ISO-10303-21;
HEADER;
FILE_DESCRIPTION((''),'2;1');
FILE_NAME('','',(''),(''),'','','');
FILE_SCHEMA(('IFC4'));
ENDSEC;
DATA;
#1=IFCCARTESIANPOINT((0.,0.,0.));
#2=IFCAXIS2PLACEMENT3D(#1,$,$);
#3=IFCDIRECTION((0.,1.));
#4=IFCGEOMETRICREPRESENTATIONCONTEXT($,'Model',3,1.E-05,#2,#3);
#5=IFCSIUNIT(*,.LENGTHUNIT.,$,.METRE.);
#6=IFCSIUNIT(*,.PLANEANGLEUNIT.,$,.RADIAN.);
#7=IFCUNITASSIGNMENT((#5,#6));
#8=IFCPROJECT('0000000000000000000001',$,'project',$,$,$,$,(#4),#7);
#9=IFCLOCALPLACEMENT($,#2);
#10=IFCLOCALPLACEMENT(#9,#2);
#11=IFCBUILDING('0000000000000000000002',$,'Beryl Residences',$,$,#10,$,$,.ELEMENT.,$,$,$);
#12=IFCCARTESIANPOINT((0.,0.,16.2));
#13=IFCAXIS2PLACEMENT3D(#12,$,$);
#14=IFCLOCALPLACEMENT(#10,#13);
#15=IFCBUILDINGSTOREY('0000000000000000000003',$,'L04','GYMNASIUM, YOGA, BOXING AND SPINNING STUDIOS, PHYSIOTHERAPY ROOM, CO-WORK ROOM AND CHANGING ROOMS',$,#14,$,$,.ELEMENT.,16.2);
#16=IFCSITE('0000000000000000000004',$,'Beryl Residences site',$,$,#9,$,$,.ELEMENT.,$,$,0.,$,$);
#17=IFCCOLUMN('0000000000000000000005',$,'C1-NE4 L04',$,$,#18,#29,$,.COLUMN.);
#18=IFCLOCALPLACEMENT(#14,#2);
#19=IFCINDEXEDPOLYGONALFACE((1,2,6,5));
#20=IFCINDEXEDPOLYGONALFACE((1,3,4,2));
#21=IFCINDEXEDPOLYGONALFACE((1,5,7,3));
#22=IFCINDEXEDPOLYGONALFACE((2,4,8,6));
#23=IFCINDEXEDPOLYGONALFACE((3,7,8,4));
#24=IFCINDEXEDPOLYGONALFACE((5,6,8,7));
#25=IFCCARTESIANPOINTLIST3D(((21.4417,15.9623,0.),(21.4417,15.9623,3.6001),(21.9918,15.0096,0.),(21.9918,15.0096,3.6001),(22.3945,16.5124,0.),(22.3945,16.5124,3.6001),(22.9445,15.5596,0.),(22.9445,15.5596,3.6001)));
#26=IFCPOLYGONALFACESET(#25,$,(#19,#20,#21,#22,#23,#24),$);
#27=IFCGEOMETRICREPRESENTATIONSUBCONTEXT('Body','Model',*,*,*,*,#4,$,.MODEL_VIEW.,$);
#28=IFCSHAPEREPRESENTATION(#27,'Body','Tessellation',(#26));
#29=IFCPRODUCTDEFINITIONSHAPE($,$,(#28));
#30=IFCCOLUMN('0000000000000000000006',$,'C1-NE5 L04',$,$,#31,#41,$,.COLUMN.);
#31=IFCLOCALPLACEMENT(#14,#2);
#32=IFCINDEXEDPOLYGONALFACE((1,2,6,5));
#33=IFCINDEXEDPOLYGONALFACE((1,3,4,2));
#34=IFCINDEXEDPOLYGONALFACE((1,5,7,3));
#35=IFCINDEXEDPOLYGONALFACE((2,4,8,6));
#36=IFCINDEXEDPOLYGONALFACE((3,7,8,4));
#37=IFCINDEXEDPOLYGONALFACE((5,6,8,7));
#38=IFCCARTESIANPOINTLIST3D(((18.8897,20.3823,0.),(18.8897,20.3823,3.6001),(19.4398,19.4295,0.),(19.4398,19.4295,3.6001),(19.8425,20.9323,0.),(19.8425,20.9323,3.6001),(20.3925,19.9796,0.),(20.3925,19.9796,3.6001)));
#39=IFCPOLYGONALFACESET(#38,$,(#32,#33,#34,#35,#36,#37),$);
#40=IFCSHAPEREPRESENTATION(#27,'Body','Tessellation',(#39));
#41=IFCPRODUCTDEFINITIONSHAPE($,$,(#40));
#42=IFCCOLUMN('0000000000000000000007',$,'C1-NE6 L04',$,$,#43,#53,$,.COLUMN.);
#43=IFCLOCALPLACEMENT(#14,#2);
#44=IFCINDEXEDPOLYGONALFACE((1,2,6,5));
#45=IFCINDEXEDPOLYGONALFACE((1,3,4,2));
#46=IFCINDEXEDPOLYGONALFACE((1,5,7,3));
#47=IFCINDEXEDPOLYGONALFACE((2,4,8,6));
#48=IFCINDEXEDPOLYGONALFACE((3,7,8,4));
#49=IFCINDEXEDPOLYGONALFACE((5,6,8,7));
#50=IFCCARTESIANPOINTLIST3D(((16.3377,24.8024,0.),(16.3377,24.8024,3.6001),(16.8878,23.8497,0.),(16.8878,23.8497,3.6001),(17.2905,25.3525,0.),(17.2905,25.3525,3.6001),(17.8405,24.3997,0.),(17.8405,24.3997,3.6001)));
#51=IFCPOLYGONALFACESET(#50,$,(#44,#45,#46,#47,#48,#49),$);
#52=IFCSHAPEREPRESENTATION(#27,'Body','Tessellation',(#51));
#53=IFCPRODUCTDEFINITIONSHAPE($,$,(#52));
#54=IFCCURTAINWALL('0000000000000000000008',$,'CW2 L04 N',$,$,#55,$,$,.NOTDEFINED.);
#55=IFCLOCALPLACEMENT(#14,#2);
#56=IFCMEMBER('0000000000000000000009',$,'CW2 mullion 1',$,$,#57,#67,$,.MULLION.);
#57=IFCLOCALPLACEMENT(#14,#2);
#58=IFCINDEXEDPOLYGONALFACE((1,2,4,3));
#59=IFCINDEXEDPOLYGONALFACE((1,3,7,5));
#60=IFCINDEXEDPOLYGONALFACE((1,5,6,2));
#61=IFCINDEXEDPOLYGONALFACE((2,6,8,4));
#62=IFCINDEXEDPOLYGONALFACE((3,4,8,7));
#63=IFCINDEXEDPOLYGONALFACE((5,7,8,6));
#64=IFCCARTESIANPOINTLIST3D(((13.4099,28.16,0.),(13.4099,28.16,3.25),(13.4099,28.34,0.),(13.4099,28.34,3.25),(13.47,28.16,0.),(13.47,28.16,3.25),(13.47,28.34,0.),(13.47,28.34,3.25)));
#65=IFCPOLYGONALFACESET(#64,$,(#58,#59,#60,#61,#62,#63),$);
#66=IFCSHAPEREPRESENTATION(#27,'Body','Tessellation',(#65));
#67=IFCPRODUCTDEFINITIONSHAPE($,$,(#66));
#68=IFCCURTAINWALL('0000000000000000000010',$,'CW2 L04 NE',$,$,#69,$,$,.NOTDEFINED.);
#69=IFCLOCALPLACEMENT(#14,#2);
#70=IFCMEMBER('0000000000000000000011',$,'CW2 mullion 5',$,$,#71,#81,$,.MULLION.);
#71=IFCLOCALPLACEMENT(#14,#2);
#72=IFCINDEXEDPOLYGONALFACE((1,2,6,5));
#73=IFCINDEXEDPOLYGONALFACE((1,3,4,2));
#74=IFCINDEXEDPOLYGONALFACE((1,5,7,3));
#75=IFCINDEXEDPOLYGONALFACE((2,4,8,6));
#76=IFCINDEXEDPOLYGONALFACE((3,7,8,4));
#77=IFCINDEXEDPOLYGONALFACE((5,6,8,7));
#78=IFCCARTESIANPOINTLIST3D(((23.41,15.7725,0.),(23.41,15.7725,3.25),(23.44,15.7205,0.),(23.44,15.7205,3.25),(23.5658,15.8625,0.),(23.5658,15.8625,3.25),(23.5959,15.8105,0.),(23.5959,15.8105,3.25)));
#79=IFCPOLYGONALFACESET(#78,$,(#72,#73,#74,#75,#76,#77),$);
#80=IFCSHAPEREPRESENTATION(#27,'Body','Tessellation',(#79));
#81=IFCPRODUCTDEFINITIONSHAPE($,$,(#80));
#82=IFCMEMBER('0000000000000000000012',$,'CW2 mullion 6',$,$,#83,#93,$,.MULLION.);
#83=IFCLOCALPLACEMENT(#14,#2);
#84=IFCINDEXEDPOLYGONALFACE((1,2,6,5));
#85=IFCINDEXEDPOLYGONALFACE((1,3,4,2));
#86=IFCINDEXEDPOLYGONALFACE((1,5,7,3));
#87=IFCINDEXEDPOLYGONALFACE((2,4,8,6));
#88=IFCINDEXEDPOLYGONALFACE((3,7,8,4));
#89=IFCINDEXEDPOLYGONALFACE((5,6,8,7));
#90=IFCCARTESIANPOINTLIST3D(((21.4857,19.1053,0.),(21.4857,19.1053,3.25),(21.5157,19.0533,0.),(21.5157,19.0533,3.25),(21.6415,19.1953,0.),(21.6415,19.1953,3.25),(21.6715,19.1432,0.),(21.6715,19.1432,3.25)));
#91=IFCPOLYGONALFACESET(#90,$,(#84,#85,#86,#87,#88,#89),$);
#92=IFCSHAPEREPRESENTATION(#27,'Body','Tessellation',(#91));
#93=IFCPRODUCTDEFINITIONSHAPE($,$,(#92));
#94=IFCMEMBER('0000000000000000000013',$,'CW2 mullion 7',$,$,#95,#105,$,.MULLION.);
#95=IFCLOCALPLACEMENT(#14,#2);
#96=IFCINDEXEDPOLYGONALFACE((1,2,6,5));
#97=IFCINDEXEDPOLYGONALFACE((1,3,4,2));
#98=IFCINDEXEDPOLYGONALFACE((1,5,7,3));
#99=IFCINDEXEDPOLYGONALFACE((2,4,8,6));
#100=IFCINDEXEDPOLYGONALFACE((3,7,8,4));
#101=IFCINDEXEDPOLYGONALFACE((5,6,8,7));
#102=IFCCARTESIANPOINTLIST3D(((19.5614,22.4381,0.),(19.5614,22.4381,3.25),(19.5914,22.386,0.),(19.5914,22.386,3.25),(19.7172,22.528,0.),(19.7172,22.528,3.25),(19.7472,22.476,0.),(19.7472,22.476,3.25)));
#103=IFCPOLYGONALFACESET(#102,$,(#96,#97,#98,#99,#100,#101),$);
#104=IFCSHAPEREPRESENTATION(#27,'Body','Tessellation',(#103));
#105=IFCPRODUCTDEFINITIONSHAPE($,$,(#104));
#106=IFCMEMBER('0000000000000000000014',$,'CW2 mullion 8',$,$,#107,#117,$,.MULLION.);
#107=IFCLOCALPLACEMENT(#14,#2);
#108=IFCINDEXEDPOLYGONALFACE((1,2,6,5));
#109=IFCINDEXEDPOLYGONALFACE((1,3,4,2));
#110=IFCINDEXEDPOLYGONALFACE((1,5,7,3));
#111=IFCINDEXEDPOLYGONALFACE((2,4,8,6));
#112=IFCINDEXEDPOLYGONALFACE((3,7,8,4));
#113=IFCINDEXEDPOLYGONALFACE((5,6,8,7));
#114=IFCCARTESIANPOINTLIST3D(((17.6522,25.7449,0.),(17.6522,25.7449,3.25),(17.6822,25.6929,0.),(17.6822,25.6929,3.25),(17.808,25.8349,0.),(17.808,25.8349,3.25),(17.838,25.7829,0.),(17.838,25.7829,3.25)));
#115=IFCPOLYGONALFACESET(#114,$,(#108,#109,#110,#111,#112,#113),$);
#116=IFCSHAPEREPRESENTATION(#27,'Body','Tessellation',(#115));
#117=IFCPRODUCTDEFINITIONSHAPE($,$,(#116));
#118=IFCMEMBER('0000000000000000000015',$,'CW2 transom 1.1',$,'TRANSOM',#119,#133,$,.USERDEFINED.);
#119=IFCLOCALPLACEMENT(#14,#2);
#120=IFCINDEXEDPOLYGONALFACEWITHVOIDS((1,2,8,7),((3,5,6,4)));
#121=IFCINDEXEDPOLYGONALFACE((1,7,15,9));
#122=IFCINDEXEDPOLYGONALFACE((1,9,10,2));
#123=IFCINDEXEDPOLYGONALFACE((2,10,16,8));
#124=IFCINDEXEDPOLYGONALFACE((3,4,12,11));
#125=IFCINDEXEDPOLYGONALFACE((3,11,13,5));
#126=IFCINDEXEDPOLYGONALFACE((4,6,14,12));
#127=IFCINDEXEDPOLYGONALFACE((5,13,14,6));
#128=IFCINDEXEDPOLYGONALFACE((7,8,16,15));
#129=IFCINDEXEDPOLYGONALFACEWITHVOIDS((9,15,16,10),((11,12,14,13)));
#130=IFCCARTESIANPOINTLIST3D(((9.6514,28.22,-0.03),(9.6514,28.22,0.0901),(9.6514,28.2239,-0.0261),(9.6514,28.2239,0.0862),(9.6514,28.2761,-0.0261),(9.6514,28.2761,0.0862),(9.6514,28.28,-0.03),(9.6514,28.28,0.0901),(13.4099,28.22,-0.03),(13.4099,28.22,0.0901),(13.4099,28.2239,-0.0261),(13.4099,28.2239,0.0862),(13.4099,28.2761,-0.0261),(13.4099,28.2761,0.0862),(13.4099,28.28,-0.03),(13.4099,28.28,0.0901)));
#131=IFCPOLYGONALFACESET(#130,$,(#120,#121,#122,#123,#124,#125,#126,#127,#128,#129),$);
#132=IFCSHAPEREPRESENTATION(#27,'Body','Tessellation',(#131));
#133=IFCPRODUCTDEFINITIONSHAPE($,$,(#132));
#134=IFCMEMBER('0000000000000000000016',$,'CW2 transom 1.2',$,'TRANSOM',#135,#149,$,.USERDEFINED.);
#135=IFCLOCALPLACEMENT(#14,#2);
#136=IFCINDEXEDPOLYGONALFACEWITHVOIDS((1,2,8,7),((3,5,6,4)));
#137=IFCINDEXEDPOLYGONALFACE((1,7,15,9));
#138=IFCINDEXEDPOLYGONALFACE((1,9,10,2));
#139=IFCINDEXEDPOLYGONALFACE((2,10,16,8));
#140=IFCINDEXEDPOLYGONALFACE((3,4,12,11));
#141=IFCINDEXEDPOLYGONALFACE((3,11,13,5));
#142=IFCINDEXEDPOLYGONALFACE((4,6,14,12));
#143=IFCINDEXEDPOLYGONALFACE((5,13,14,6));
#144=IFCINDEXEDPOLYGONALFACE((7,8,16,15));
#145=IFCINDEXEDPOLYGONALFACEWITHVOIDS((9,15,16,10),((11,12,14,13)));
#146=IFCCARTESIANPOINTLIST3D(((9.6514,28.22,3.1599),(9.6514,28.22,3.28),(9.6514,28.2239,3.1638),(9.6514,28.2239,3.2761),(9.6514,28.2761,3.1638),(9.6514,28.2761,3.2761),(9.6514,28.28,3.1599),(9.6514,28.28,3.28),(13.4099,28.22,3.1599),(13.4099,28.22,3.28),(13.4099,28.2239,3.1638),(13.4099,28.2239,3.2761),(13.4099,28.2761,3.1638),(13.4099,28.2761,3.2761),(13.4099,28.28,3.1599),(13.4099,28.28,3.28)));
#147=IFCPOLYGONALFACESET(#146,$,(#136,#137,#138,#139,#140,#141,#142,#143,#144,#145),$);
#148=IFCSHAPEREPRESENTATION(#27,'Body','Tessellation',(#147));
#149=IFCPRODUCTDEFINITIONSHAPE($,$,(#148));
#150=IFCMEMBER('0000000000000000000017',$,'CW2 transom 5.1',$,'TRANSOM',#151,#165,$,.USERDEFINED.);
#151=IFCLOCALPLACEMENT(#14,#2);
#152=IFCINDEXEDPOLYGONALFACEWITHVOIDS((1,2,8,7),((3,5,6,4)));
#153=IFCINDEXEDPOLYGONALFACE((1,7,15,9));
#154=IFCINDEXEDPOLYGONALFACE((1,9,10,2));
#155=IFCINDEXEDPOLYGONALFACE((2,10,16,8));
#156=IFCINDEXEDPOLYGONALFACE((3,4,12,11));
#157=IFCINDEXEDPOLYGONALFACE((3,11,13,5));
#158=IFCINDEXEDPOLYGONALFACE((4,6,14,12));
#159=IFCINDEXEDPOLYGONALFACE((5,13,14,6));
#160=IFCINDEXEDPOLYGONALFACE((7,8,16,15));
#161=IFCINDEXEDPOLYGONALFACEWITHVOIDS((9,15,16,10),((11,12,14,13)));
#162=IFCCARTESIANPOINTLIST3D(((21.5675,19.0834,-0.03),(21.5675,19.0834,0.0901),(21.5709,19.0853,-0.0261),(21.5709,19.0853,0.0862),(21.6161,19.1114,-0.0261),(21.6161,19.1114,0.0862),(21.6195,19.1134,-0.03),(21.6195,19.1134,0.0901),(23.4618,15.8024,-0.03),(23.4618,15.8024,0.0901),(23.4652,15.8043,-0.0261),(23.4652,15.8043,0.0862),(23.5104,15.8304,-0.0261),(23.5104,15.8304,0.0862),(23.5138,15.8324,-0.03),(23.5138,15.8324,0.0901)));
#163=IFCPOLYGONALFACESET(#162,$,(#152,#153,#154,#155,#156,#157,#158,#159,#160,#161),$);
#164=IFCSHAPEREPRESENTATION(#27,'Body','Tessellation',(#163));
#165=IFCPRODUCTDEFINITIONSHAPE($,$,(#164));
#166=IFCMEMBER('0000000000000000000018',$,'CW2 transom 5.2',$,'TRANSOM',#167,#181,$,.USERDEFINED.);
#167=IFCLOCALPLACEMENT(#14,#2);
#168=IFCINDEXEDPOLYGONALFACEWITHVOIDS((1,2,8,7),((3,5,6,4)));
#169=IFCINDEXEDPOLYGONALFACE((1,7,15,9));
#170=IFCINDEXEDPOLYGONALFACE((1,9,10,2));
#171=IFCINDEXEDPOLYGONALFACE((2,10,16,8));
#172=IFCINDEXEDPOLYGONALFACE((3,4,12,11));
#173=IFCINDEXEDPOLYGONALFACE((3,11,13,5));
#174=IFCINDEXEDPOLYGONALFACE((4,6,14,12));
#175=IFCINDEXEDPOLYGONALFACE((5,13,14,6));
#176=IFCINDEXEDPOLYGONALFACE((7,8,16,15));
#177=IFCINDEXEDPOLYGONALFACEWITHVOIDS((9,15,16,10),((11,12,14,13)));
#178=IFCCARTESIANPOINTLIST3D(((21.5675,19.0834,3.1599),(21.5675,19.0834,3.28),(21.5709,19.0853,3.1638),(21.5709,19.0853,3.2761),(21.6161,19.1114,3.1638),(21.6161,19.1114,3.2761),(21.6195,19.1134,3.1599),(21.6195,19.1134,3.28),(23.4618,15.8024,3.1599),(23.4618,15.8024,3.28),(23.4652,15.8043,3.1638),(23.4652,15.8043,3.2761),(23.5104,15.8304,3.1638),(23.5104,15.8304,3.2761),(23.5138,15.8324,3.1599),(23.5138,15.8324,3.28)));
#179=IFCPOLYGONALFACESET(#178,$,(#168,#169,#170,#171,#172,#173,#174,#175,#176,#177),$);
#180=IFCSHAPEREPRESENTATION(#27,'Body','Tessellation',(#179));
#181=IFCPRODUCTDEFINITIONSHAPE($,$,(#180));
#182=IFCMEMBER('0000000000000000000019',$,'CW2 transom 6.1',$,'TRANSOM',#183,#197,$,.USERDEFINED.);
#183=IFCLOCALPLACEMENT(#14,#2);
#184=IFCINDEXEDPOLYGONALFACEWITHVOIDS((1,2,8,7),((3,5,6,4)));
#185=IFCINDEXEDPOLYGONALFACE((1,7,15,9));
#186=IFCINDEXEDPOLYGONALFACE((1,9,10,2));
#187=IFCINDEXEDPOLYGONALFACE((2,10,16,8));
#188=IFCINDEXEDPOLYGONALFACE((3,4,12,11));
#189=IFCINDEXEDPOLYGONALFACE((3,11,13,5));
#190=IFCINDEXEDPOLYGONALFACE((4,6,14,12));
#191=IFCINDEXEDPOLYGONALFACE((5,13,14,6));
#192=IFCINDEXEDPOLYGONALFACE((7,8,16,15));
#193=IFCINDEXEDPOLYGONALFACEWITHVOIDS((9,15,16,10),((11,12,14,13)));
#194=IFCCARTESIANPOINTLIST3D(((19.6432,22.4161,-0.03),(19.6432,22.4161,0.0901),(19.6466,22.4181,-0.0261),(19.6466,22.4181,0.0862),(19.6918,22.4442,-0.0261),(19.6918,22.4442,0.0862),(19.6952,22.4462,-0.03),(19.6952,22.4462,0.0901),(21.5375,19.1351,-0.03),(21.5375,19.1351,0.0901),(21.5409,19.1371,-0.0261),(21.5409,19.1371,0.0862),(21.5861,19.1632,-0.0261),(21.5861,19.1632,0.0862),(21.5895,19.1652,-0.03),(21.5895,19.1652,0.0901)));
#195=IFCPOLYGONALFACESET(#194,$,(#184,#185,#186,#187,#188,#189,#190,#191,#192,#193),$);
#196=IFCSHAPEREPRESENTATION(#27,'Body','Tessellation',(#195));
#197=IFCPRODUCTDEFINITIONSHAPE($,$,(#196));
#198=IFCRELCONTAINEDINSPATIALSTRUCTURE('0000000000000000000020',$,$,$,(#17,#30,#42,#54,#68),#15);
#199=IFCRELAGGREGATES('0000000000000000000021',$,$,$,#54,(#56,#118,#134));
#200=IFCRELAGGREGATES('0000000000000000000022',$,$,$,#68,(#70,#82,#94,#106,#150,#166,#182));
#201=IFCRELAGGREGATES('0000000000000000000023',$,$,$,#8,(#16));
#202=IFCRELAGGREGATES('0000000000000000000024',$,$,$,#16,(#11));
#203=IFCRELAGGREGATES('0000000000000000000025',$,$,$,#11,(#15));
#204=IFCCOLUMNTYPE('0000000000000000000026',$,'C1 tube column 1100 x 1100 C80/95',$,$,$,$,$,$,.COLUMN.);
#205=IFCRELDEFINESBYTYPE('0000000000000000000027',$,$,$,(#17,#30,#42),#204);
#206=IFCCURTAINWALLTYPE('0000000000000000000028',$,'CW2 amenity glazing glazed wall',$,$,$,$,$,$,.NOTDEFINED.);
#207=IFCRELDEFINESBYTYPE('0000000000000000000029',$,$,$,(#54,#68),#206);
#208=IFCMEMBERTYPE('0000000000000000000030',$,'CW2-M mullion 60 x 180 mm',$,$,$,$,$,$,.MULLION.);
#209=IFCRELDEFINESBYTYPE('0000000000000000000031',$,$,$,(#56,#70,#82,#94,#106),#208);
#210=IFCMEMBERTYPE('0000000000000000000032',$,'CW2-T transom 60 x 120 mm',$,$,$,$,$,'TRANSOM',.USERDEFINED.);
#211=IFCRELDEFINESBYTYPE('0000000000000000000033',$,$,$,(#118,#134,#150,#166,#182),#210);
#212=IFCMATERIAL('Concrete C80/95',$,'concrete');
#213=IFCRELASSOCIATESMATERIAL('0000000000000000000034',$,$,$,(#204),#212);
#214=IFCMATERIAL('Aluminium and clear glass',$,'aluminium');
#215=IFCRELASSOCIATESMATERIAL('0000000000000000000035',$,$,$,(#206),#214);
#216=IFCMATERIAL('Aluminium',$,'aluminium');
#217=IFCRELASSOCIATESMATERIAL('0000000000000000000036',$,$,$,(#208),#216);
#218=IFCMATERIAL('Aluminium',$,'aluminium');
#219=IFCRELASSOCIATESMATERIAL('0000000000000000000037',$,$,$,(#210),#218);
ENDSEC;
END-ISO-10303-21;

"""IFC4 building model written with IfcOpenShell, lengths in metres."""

from ifc_helpers import new_model, si_unit, direction, frame, origin, origin_2d, place, context, subcontext, project, spatial, rectangle, hollow_rectangle, extrude, material, material_profile, profile_set, type_object, element, aggregate, save


model = new_model("IFC4")

# Units and contexts
model_context = context("Model", 3, precision=1e-05, world=origin(), true_north=direction((0.0, 1.0)))
body_context = subcontext(model_context, "Body", "Model", "MODEL_VIEW")
ifc_project = project(units=[si_unit("LENGTHUNIT", "METRE"), si_unit("PLANEANGLEUNIT", "RADIAN")], contexts=[model_context])

# Site, building, storey
site_placement = place(None, origin())
site = spatial("IfcSite", under=ifc_project, at=site_placement, Name="Beryl Residences site", CompositionType="ELEMENT", RefElevation=0.0)
building_placement = place(site_placement, origin())
building = spatial("IfcBuilding", under=site, at=building_placement, Name="Beryl Residences", CompositionType="ELEMENT")
storey_placement = place(building_placement, frame((0.0, 0.0, 16.2)))
storey = spatial("IfcBuildingStorey", under=building, at=storey_placement, Name="L04", Description="GYMNASIUM, YOGA, BOXING AND SPINNING STUDIOS, PHYSIOTHERAPY ROOM, CO-WORK ROOM AND CHANGING ROOMS", CompositionType="ELEMENT", Elevation=16.2)

# Columns
ifc_material_1 = material(Name="Concrete C80/95", Category="concrete")
ifc_material_profile_1 = material_profile(ifc_material_1, rectangle(XDim=1.1001, YDim=1.1001, at=origin_2d()))
ifc_profile_set_1 = profile_set([ifc_material_profile_1], Name="Concrete C80/95")
column_type = type_object("IfcColumnType", Name="C1 tube column 1100 x 1100 C80/95", PredefinedType="COLUMN", material=ifc_profile_set_1)
for number, where, z_axis, x_axis, name in (
    (1, (22.1931, 15.761, 0.0), (0.0, 0.0, 1.0), (-0.499985, 0.866034, 0.0), "C1-NE4 L04"),
    (2, (19.6411, 20.1809, 0.0), (0.0, 0.0, 1.0), (-0.499985, 0.866034, 0.0), "C1-NE5 L04"),
    (3, (17.0891, 24.6011, 0.0), (0.0, 0.0, 1.0), (-0.499985, 0.866034, 0.0), "C1-NE6 L04"),
):
    element("IfcColumn", number, at=place(storey_placement, frame(where, z_axis=z_axis, x_axis=x_axis)), inside=storey, type_object=column_type, Name=name, PredefinedType="COLUMN", context=body_context, shape_type="SweptSolid", body=[
        extrude(rectangle(XDim=1.1001, YDim=1.1001, at=origin_2d()), origin(), (0.0, 0.0, 1.0), 3.6001),
    ])

# Curtain wall, member
ifc_material_2 = material(Name="Aluminium and clear glass", Category="aluminium")
curtain_wall_type = type_object("IfcCurtainWallType", Name="CW2 amenity glazing glazed wall", PredefinedType="NOTDEFINED", material=ifc_material_2)
curtain_wall_1_placement = place(storey_placement, origin())
curtain_wall_1 = element("IfcCurtainWall", 4, at=curtain_wall_1_placement, inside=storey, type_object=curtain_wall_type, Name="CW2 L04 N", PredefinedType="NOTDEFINED")
ifc_material_3 = material(Name="Aluminium", Category="aluminium")
ifc_material_profile_2 = material_profile(ifc_material_3, rectangle(XDim=0.0601, YDim=0.1799, at=origin_2d()))
ifc_profile_set_2 = profile_set([ifc_material_profile_2], Name="Aluminium")
member_type_1 = type_object("IfcMemberType", Name="CW2-M mullion 60 x 180 mm", PredefinedType="MULLION", material=ifc_profile_set_2)
member_1_placement = place(storey_placement, frame((13.4399, 28.25, 0.0), z_axis=(0.0, 0.0, 1.0), x_axis=(-1.0, 0.0, 0.0)))
member_1 = element("IfcMember", 5, at=member_1_placement, type_object=member_type_1, Name="CW2 mullion 1", PredefinedType="MULLION", context=body_context, shape_type="SweptSolid", body=[
    extrude(rectangle(XDim=0.0601, YDim=0.1799, at=origin_2d()), origin(), (0.0, 0.0, 1.0), 3.25),
])

# Curtain wall, members
curtain_wall_2_placement = place(storey_placement, origin())
curtain_wall_2 = element("IfcCurtainWall", 6, at=curtain_wall_2_placement, inside=storey, type_object=curtain_wall_type, Name="CW2 L04 NE", PredefinedType="NOTDEFINED")
member_2_placement = place(storey_placement, frame((23.5029, 15.7915, 0.0), z_axis=(0.0, 0.0, 1.0), x_axis=(-0.500012, 0.866019, 0.0)))
member_2 = element("IfcMember", 7, at=member_2_placement, type_object=member_type_1, Name="CW2 mullion 5", PredefinedType="MULLION", context=body_context, shape_type="SweptSolid", body=[
    extrude(rectangle(XDim=0.0601, YDim=0.1799, at=origin_2d()), origin(), (0.0, 0.0, 1.0), 3.25),
])
member_3_placement = place(storey_placement, frame((21.5786, 19.1243, 0.0), z_axis=(0.0, 0.0, 1.0), x_axis=(-0.500012, 0.866019, 0.0)))
member_3 = element("IfcMember", 8, at=member_3_placement, type_object=member_type_1, Name="CW2 mullion 6", PredefinedType="MULLION", context=body_context, shape_type="SweptSolid", body=[
    extrude(rectangle(XDim=0.0601, YDim=0.1799, at=origin_2d()), origin(), (0.0, 0.0, 1.0), 3.25),
])
member_4_placement = place(storey_placement, frame((19.6543, 22.457, 0.0), z_axis=(0.0, 0.0, 1.0), x_axis=(-0.500012, 0.866019, 0.0)))
member_4 = element("IfcMember", 9, at=member_4_placement, type_object=member_type_1, Name="CW2 mullion 7", PredefinedType="MULLION", context=body_context, shape_type="SweptSolid", body=[
    extrude(rectangle(XDim=0.0601, YDim=0.1799, at=origin_2d()), origin(), (0.0, 0.0, 1.0), 3.25),
])
member_5_placement = place(storey_placement, frame((17.7451, 25.7639, 0.0), z_axis=(0.0, 0.0, 1.0), x_axis=(-0.500012, 0.866019, 0.0)))
member_5 = element("IfcMember", 10, at=member_5_placement, type_object=member_type_1, Name="CW2 mullion 8", PredefinedType="MULLION", context=body_context, shape_type="SweptSolid", body=[
    extrude(rectangle(XDim=0.0601, YDim=0.1799, at=origin_2d()), origin(), (0.0, 0.0, 1.0), 3.25),
])

# Members
ifc_material_4 = material(Name="Aluminium", Category="aluminium")
ifc_material_profile_3 = material_profile(ifc_material_4, hollow_rectangle(XDim=0.0601, YDim=0.1201, WallThickness=0.0039, at=origin_2d()))
ifc_profile_set_3 = profile_set([ifc_material_profile_3], Name="Aluminium")
member_type_2 = type_object("IfcMemberType", Name="CW2-T transom 60 x 120 mm", ElementType="TRANSOM", PredefinedType="USERDEFINED", material=ifc_profile_set_3)
member_6_placement = place(storey_placement, frame((13.4099, 28.25, 0.03), z_axis=(-1.0, 0.0, 0.0), x_axis=(0.0, -1.0, 0.0)))
member_6 = element("IfcMember", 11, at=member_6_placement, type_object=member_type_2, Name="CW2 transom 1.1", ObjectType="TRANSOM", PredefinedType="USERDEFINED", context=body_context, shape_type="SweptSolid", body=[
    extrude(hollow_rectangle(XDim=0.0601, YDim=0.1201, WallThickness=0.0039, at=origin_2d()), origin(), (0.0, 0.0, 1.0), 3.7585),
])
member_7_placement = place(storey_placement, frame((13.4099, 28.25, 3.22), z_axis=(-1.0, 0.0, 0.0), x_axis=(0.0, -1.0, 0.0)))
member_7 = element("IfcMember", 12, at=member_7_placement, type_object=member_type_2, Name="CW2 transom 1.2", ObjectType="TRANSOM", PredefinedType="USERDEFINED", context=body_context, shape_type="SweptSolid", body=[
    extrude(hollow_rectangle(XDim=0.0601, YDim=0.1201, WallThickness=0.0039, at=origin_2d()), origin(), (0.0, 0.0, 1.0), 3.7585),
])
aggregate(curtain_wall_1, [member_1, member_6, member_7])
member_8_placement = place(storey_placement, frame((23.4878, 15.8174, 0.03), z_axis=(-0.5, 0.866026, 0.0), x_axis=(-0.866026, -0.5, 0.0)))
member_8 = element("IfcMember", 13, at=member_8_placement, type_object=member_type_2, Name="CW2 transom 5.1", ObjectType="TRANSOM", PredefinedType="USERDEFINED", context=body_context, shape_type="SweptSolid", body=[
    extrude(hollow_rectangle(XDim=0.0601, YDim=0.1201, WallThickness=0.0039, at=origin_2d()), origin(), (0.0, 0.0, 1.0), 3.7886),
])
member_9_placement = place(storey_placement, frame((23.4878, 15.8174, 3.22), z_axis=(-0.5, 0.866026, 0.0), x_axis=(-0.866026, -0.5, 0.0)))
member_9 = element("IfcMember", 14, at=member_9_placement, type_object=member_type_2, Name="CW2 transom 5.2", ObjectType="TRANSOM", PredefinedType="USERDEFINED", context=body_context, shape_type="SweptSolid", body=[
    extrude(hollow_rectangle(XDim=0.0601, YDim=0.1201, WallThickness=0.0039, at=origin_2d()), origin(), (0.0, 0.0, 1.0), 3.7886),
])
member_10_placement = place(storey_placement, frame((21.5635, 19.1501, 0.03), z_axis=(-0.5, 0.866026, 0.0), x_axis=(-0.866026, -0.5, 0.0)))
member_10 = element("IfcMember", 15, at=member_10_placement, type_object=member_type_2, Name="CW2 transom 6.1", ObjectType="TRANSOM", PredefinedType="USERDEFINED", context=body_context, shape_type="SweptSolid", body=[
    extrude(hollow_rectangle(XDim=0.0601, YDim=0.1201, WallThickness=0.0039, at=origin_2d()), origin(), (0.0, 0.0, 1.0), 3.7886),
])

aggregate(curtain_wall_2, [member_2, member_3, member_4, member_5, member_8, member_9, member_10])

save(model, "model.ifc")
